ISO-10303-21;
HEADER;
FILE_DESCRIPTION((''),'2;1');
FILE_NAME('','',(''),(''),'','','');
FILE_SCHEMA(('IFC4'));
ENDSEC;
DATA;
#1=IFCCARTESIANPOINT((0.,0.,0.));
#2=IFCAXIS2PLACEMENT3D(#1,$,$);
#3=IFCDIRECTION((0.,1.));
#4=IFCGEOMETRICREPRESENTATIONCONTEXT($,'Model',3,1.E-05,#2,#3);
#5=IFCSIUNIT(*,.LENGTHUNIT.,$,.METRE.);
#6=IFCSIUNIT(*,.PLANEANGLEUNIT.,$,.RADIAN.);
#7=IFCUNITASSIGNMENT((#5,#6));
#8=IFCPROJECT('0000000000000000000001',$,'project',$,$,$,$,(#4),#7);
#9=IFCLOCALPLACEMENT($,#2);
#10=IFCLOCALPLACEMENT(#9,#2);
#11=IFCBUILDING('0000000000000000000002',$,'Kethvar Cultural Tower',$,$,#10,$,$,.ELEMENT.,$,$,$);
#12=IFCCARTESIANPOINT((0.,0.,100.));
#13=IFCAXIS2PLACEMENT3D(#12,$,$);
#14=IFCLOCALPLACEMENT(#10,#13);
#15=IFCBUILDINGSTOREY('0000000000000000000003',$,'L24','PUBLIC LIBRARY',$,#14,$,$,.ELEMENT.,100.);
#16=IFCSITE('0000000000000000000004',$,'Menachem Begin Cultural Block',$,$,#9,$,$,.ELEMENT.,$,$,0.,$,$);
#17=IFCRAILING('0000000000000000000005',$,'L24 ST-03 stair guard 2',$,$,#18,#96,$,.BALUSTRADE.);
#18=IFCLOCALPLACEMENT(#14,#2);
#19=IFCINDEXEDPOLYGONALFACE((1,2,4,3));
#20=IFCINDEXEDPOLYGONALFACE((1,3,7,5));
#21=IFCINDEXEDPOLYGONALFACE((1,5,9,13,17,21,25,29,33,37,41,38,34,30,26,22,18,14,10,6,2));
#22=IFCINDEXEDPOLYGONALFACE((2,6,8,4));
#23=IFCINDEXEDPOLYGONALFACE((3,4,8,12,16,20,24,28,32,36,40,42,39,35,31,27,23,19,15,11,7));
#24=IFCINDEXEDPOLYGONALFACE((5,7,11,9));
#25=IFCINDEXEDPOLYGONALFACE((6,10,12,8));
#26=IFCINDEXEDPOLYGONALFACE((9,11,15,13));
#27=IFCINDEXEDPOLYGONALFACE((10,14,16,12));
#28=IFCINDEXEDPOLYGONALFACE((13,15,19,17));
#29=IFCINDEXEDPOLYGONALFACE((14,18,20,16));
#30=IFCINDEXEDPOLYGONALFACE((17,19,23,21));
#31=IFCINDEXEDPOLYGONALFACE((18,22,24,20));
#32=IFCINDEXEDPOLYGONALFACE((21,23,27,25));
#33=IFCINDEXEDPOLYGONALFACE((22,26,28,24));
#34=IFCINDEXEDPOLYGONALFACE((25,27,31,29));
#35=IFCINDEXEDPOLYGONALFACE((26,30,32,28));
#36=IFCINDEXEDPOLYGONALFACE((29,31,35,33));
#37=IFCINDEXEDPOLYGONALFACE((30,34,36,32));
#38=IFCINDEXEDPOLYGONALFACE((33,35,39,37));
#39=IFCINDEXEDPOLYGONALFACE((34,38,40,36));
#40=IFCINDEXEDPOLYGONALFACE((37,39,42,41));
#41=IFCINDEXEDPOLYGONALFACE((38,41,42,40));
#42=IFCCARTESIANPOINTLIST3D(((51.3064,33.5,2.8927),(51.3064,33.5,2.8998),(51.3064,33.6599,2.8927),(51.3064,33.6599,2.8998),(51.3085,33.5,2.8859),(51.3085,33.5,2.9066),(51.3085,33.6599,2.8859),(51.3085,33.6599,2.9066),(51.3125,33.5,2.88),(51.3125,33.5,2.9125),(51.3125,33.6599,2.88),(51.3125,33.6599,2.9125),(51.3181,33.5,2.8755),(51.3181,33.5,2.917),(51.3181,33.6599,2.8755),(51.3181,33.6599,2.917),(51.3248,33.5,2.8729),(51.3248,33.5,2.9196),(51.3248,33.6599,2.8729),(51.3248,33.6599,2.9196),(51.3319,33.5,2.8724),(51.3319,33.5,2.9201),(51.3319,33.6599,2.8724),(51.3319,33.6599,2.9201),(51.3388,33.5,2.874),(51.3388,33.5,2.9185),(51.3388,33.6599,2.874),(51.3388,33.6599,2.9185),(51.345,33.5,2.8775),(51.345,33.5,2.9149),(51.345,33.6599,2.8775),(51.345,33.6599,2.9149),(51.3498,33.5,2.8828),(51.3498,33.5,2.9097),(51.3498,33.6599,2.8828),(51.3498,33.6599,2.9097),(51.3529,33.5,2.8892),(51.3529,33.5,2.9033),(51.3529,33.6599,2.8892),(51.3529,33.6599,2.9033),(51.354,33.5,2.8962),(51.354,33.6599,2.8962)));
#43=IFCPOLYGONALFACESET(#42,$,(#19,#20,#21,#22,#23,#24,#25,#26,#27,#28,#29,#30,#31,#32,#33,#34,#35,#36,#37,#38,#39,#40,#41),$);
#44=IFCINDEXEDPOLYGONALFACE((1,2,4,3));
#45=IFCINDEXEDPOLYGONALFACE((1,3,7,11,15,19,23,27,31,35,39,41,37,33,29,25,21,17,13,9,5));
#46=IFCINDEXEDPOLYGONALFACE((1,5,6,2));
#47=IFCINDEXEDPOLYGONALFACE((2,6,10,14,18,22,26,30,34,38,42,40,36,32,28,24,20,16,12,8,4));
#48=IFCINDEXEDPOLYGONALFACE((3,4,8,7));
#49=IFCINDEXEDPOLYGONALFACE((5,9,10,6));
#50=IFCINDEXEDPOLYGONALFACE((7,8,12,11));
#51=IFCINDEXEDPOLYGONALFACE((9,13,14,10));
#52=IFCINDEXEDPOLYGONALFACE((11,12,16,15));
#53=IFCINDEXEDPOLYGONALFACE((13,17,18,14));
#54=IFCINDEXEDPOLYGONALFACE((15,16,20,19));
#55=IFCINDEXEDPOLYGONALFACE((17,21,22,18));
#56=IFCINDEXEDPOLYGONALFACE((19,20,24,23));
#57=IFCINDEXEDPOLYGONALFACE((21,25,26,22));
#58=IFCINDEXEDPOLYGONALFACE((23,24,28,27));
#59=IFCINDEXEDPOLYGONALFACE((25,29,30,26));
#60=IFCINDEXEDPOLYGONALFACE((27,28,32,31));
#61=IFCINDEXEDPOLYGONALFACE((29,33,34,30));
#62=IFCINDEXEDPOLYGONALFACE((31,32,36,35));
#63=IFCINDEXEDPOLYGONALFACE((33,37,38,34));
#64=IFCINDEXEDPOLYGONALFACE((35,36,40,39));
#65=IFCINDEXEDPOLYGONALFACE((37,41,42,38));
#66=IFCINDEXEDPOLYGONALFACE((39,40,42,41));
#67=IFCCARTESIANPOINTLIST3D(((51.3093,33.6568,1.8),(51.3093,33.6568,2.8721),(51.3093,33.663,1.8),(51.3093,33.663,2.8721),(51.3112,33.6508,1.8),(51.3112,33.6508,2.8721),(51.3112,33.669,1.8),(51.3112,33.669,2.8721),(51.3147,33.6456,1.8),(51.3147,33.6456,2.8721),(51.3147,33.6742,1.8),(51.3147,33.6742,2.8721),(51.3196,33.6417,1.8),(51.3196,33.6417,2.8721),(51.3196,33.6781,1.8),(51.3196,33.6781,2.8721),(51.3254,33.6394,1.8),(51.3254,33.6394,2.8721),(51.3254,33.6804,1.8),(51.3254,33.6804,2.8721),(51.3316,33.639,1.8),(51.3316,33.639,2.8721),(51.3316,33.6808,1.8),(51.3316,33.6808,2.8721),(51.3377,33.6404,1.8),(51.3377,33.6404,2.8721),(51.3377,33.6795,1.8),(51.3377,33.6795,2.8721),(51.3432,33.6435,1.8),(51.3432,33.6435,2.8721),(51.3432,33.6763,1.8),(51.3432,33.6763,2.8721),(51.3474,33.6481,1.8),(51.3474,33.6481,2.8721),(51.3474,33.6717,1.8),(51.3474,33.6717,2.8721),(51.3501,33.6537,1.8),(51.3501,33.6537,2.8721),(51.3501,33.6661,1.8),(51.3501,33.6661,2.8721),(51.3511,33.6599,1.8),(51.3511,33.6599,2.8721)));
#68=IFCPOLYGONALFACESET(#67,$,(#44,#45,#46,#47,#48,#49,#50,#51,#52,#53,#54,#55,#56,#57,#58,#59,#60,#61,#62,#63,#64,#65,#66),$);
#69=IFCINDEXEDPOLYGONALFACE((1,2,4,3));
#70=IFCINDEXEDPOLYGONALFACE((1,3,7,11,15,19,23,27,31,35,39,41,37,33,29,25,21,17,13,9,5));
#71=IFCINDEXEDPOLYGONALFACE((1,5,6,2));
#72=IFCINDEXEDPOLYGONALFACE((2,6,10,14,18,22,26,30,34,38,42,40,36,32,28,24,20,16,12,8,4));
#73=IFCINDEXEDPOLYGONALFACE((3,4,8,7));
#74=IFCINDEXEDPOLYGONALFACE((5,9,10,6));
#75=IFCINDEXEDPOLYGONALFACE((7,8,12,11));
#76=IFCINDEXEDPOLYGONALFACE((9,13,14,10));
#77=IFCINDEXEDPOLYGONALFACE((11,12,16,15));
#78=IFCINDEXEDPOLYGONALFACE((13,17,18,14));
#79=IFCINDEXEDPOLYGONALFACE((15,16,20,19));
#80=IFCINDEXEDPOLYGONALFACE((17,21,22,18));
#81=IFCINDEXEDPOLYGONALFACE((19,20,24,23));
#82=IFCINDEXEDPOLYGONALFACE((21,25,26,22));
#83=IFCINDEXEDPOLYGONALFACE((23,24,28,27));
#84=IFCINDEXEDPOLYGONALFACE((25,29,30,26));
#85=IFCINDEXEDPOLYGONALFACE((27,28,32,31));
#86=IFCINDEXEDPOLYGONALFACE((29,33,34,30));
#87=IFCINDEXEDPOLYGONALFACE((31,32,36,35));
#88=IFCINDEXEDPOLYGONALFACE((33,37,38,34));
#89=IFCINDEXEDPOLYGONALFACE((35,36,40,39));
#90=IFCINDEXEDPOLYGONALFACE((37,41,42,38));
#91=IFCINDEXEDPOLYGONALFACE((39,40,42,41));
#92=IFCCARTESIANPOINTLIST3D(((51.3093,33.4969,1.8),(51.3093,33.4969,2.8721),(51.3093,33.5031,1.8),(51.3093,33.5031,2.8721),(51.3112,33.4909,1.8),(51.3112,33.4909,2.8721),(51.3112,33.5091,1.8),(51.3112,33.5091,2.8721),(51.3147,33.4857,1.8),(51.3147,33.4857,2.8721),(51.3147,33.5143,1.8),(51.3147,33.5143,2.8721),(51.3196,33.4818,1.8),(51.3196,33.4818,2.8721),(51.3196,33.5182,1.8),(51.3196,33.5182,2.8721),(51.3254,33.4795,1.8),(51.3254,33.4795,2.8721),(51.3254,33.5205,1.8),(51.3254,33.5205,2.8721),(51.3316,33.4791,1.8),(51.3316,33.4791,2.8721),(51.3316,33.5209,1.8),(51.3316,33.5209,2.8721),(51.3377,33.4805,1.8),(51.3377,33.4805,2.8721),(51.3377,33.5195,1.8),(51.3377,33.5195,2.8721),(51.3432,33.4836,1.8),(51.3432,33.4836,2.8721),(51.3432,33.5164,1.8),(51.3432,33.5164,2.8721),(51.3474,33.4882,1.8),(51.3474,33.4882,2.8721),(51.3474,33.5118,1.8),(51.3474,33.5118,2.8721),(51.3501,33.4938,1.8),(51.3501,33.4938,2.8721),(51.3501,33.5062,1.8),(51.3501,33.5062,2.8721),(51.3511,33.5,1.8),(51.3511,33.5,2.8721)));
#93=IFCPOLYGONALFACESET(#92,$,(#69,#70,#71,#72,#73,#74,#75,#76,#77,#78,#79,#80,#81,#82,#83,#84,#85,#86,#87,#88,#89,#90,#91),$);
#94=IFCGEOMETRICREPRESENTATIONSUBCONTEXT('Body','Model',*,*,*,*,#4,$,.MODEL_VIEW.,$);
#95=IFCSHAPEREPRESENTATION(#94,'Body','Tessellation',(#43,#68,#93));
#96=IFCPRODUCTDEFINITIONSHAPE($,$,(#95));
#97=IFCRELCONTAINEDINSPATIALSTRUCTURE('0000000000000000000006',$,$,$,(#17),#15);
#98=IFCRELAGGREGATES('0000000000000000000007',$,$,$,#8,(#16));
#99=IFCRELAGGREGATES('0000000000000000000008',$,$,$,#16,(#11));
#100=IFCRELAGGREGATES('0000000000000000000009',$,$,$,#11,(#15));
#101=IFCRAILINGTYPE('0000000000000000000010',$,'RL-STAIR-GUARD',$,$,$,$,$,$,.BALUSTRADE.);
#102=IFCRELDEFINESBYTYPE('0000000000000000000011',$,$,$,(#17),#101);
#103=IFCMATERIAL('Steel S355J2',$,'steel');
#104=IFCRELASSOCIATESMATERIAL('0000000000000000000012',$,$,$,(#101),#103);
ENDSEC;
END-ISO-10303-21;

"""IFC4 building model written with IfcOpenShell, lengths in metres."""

from ifc_helpers import new_model, si_unit, direction, frame, origin, origin_2d, place, context, subcontext, project, spatial, circle, extrude, material, type_object, element, save


model = new_model("IFC4")

# Units and contexts
model_context = context("Model", 3, precision=1e-05, world=origin(), true_north=direction((0.0, 1.0)))
body_context = subcontext(model_context, "Body", "Model", "MODEL_VIEW")
ifc_project = project(units=[si_unit("LENGTHUNIT", "METRE"), si_unit("PLANEANGLEUNIT", "RADIAN")], contexts=[model_context])

# Site, building, storey
site_placement = place(None, origin())
site = spatial("IfcSite", under=ifc_project, at=site_placement, Name="Menachem Begin Cultural Block", CompositionType="ELEMENT", RefElevation=0.0)
building_placement = place(site_placement, origin())
building = spatial("IfcBuilding", under=site, at=building_placement, Name="Kethvar Cultural Tower", CompositionType="ELEMENT")
storey_placement = place(building_placement, frame((0.0, 0.0, 100.0)))
storey = spatial("IfcBuildingStorey", under=building, at=storey_placement, Name="L24", Description="PUBLIC LIBRARY", CompositionType="ELEMENT", Elevation=100.0)

# Shared definitions
ifc_material_1 = material(Name="Steel S355J2", Category="steel")

# Railing
railing_type_1 = type_object("IfcRailingType", Name="RL-STAIR-GUARD", PredefinedType="BALUSTRADE", material=ifc_material_1)
railing_1_placement = place(storey_placement, frame((51.3301, 33.6599, 1.8)))
element("IfcRailing", 1, at=railing_1_placement, inside=storey, type_object=railing_type_1, Name="L24 ST-03 stair guard 2", PredefinedType="BALUSTRADE", context=body_context, shape_type="SweptSolid", body=[
    extrude(circle(Radius=0.0239, at=origin_2d()), frame((0.0, 0.0, 1.0962), z_axis=(0.0, -1.0, 0.0), x_axis=(1.0, 0.0, 0.0)), (0.0, 0.0, 1.0), 0.1599),
    extrude(circle(Radius=0.021, at=origin_2d()), origin(), (0.0, 0.0, 1.0), 1.072),
    extrude(circle(Radius=0.021, at=origin_2d()), frame((0.0, -0.1599, 0.0)), (0.0, 0.0, 1.0), 1.072),
])

save(model, "model.ifc")
